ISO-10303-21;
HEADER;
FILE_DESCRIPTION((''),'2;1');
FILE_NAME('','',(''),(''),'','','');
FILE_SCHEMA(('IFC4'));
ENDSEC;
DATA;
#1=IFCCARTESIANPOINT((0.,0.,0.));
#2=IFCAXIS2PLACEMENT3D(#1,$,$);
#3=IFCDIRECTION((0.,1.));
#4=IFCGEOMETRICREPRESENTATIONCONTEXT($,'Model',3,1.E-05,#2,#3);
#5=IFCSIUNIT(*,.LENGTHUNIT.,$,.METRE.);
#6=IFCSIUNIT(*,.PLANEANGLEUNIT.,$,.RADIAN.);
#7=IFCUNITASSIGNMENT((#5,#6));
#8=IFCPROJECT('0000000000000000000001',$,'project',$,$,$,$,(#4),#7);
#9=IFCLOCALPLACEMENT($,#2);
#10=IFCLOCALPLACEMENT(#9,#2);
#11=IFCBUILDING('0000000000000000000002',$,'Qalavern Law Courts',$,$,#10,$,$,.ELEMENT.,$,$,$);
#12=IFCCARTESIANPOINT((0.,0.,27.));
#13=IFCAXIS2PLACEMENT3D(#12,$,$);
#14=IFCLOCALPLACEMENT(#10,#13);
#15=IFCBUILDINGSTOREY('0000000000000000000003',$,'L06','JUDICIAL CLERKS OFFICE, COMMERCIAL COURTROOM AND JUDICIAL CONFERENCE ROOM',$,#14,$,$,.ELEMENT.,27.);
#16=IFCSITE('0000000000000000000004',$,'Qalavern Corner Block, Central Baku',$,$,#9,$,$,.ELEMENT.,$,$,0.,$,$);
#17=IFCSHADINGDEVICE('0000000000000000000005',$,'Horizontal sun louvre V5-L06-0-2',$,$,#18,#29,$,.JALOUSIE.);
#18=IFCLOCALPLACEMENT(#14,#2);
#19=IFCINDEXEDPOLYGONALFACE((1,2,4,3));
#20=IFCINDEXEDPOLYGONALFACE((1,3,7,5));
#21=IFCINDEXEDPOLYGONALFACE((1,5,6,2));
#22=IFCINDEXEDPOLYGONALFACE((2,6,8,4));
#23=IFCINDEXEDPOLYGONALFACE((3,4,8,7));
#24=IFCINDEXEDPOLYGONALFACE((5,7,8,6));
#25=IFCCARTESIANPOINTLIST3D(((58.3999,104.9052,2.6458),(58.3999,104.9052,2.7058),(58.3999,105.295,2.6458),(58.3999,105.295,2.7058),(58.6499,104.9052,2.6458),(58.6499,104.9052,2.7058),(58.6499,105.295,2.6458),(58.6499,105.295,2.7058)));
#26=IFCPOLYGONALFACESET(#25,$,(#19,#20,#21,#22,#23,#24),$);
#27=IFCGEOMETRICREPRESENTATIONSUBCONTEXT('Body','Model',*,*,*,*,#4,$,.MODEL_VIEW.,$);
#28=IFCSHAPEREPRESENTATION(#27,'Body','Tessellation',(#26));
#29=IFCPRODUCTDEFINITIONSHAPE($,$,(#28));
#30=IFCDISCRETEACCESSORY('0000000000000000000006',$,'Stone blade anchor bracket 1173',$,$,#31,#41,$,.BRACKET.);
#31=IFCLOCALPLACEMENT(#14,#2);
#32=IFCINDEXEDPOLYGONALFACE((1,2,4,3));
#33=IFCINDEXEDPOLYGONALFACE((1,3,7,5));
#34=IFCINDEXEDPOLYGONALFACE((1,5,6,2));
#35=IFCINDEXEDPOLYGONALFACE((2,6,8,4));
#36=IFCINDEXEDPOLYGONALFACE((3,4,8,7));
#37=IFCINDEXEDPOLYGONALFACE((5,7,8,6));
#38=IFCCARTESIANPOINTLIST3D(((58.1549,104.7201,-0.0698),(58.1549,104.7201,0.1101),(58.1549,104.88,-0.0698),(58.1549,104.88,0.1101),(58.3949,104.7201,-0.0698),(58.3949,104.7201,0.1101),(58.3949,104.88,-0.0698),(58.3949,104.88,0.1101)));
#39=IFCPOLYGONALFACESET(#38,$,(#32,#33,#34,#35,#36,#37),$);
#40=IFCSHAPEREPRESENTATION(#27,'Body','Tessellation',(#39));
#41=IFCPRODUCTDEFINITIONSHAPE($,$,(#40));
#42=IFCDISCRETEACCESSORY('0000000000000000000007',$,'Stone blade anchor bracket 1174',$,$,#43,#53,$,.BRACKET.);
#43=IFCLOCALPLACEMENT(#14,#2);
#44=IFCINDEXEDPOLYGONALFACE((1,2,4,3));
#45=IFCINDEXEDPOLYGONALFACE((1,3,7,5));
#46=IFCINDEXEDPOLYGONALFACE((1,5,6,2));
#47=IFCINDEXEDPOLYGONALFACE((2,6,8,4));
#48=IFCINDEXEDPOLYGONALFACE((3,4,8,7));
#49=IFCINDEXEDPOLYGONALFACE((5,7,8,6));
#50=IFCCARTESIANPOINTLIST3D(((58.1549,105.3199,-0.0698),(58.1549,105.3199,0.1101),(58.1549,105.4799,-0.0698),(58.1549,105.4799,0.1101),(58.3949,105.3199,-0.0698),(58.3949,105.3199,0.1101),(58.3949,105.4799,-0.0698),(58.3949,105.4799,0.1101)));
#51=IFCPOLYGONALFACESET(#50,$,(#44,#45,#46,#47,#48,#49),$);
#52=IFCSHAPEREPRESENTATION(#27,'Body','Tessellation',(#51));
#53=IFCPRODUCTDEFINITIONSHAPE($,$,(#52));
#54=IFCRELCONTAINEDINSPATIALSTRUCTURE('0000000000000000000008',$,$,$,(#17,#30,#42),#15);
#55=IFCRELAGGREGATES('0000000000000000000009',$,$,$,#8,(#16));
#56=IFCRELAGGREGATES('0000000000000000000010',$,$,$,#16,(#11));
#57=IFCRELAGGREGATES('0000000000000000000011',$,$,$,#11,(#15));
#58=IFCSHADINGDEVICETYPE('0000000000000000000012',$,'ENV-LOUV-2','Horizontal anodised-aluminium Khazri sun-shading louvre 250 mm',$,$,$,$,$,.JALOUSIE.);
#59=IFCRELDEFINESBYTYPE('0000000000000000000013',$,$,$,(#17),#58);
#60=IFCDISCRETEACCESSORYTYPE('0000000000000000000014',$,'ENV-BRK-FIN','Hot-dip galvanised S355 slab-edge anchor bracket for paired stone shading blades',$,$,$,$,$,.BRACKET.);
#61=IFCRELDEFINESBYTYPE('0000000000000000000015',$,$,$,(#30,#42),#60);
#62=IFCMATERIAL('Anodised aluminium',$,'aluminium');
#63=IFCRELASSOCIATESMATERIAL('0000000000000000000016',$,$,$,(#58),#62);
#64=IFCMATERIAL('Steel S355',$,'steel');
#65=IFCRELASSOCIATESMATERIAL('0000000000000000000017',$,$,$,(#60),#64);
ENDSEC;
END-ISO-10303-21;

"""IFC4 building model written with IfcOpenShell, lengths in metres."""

from ifc_helpers import new_model, si_unit, direction, frame, origin, origin_2d, place, context, subcontext, project, spatial, rectangle, extrude, material, type_object, element, save


model = new_model("IFC4")

# Units and contexts
model_context = context("Model", 3, precision=1e-05, world=origin(), true_north=direction((0.0, 1.0)))
body_context = subcontext(model_context, "Body", "Model", "MODEL_VIEW")
ifc_project = project(units=[si_unit("LENGTHUNIT", "METRE"), si_unit("PLANEANGLEUNIT", "RADIAN")], contexts=[model_context])

# Site, building, storey
site_placement = place(None, origin())
site = spatial("IfcSite", under=ifc_project, at=site_placement, Name="Qalavern Corner Block, Central Baku", CompositionType="ELEMENT", RefElevation=0.0)
building_placement = place(site_placement, origin())
building = spatial("IfcBuilding", under=site, at=building_placement, Name="Qalavern Law Courts", CompositionType="ELEMENT")
storey_placement = place(building_placement, frame((0.0, 0.0, 27.0)))
storey = spatial("IfcBuildingStorey", under=building, at=storey_placement, Name="L06", Description="JUDICIAL CLERKS OFFICE, COMMERCIAL COURTROOM AND JUDICIAL CONFERENCE ROOM", CompositionType="ELEMENT", Elevation=27.0)

# Shared definitions
ifc_material_1 = material(Name="Anodised aluminium", Category="aluminium")

# Shared definitions
ifc_material_2 = material(Name="Steel S355", Category="steel")

# Shading device
shading_device_type = type_object("IfcShadingDeviceType", Name="ENV-LOUV-2", Description="Horizontal anodised-aluminium Khazri sun-shading louvre 250 mm", PredefinedType="JALOUSIE", material=ifc_material_1)
for number, where, z_axis, x_axis, name in (
    (1, (58.5249, 105.1001, 2.6458), (0.0, 0.0, 1.0), (0.0, 1.0, 0.0), "Horizontal sun louvre V5-L06-0-2"),
):
    element("IfcShadingDevice", number, at=place(storey_placement, frame(where, z_axis=z_axis, x_axis=x_axis)), inside=storey, type_object=shading_device_type, Name=name, PredefinedType="JALOUSIE", context=body_context, shape_type="SweptSolid", body=[
        extrude(rectangle(XDim=0.3899, YDim=0.25, at=origin_2d()), origin(), (0.0, 0.0, 1.0), 0.0601),
    ])

# Discrete accessories
discrete_accessory_type = type_object("IfcDiscreteAccessoryType", Name="ENV-BRK-FIN", Description="Hot-dip galvanised S355 slab-edge anchor bracket for paired stone shading blades", PredefinedType="BRACKET", material=ifc_material_2)
for number, where, z_axis, x_axis, name in (
    (2, (58.2749, 104.8, -0.0698), (0.0, 0.0, 1.0), (1.0, 0.0, 0.0), "Stone blade anchor bracket 1173"),
    (3, (58.2749, 105.3999, -0.0698), (0.0, 0.0, 1.0), (1.0, 0.0, 0.0), "Stone blade anchor bracket 1174"),
):
    element("IfcDiscreteAccessory", number, at=place(storey_placement, frame(where, z_axis=z_axis, x_axis=x_axis)), inside=storey, type_object=discrete_accessory_type, Name=name, PredefinedType="BRACKET", context=body_context, shape_type="SweptSolid", body=[
        extrude(rectangle(XDim=0.24, YDim=0.1599, at=origin_2d()), origin(), (0.0, 0.0, 1.0), 0.1799),
    ])

save(model, "model.ifc")
